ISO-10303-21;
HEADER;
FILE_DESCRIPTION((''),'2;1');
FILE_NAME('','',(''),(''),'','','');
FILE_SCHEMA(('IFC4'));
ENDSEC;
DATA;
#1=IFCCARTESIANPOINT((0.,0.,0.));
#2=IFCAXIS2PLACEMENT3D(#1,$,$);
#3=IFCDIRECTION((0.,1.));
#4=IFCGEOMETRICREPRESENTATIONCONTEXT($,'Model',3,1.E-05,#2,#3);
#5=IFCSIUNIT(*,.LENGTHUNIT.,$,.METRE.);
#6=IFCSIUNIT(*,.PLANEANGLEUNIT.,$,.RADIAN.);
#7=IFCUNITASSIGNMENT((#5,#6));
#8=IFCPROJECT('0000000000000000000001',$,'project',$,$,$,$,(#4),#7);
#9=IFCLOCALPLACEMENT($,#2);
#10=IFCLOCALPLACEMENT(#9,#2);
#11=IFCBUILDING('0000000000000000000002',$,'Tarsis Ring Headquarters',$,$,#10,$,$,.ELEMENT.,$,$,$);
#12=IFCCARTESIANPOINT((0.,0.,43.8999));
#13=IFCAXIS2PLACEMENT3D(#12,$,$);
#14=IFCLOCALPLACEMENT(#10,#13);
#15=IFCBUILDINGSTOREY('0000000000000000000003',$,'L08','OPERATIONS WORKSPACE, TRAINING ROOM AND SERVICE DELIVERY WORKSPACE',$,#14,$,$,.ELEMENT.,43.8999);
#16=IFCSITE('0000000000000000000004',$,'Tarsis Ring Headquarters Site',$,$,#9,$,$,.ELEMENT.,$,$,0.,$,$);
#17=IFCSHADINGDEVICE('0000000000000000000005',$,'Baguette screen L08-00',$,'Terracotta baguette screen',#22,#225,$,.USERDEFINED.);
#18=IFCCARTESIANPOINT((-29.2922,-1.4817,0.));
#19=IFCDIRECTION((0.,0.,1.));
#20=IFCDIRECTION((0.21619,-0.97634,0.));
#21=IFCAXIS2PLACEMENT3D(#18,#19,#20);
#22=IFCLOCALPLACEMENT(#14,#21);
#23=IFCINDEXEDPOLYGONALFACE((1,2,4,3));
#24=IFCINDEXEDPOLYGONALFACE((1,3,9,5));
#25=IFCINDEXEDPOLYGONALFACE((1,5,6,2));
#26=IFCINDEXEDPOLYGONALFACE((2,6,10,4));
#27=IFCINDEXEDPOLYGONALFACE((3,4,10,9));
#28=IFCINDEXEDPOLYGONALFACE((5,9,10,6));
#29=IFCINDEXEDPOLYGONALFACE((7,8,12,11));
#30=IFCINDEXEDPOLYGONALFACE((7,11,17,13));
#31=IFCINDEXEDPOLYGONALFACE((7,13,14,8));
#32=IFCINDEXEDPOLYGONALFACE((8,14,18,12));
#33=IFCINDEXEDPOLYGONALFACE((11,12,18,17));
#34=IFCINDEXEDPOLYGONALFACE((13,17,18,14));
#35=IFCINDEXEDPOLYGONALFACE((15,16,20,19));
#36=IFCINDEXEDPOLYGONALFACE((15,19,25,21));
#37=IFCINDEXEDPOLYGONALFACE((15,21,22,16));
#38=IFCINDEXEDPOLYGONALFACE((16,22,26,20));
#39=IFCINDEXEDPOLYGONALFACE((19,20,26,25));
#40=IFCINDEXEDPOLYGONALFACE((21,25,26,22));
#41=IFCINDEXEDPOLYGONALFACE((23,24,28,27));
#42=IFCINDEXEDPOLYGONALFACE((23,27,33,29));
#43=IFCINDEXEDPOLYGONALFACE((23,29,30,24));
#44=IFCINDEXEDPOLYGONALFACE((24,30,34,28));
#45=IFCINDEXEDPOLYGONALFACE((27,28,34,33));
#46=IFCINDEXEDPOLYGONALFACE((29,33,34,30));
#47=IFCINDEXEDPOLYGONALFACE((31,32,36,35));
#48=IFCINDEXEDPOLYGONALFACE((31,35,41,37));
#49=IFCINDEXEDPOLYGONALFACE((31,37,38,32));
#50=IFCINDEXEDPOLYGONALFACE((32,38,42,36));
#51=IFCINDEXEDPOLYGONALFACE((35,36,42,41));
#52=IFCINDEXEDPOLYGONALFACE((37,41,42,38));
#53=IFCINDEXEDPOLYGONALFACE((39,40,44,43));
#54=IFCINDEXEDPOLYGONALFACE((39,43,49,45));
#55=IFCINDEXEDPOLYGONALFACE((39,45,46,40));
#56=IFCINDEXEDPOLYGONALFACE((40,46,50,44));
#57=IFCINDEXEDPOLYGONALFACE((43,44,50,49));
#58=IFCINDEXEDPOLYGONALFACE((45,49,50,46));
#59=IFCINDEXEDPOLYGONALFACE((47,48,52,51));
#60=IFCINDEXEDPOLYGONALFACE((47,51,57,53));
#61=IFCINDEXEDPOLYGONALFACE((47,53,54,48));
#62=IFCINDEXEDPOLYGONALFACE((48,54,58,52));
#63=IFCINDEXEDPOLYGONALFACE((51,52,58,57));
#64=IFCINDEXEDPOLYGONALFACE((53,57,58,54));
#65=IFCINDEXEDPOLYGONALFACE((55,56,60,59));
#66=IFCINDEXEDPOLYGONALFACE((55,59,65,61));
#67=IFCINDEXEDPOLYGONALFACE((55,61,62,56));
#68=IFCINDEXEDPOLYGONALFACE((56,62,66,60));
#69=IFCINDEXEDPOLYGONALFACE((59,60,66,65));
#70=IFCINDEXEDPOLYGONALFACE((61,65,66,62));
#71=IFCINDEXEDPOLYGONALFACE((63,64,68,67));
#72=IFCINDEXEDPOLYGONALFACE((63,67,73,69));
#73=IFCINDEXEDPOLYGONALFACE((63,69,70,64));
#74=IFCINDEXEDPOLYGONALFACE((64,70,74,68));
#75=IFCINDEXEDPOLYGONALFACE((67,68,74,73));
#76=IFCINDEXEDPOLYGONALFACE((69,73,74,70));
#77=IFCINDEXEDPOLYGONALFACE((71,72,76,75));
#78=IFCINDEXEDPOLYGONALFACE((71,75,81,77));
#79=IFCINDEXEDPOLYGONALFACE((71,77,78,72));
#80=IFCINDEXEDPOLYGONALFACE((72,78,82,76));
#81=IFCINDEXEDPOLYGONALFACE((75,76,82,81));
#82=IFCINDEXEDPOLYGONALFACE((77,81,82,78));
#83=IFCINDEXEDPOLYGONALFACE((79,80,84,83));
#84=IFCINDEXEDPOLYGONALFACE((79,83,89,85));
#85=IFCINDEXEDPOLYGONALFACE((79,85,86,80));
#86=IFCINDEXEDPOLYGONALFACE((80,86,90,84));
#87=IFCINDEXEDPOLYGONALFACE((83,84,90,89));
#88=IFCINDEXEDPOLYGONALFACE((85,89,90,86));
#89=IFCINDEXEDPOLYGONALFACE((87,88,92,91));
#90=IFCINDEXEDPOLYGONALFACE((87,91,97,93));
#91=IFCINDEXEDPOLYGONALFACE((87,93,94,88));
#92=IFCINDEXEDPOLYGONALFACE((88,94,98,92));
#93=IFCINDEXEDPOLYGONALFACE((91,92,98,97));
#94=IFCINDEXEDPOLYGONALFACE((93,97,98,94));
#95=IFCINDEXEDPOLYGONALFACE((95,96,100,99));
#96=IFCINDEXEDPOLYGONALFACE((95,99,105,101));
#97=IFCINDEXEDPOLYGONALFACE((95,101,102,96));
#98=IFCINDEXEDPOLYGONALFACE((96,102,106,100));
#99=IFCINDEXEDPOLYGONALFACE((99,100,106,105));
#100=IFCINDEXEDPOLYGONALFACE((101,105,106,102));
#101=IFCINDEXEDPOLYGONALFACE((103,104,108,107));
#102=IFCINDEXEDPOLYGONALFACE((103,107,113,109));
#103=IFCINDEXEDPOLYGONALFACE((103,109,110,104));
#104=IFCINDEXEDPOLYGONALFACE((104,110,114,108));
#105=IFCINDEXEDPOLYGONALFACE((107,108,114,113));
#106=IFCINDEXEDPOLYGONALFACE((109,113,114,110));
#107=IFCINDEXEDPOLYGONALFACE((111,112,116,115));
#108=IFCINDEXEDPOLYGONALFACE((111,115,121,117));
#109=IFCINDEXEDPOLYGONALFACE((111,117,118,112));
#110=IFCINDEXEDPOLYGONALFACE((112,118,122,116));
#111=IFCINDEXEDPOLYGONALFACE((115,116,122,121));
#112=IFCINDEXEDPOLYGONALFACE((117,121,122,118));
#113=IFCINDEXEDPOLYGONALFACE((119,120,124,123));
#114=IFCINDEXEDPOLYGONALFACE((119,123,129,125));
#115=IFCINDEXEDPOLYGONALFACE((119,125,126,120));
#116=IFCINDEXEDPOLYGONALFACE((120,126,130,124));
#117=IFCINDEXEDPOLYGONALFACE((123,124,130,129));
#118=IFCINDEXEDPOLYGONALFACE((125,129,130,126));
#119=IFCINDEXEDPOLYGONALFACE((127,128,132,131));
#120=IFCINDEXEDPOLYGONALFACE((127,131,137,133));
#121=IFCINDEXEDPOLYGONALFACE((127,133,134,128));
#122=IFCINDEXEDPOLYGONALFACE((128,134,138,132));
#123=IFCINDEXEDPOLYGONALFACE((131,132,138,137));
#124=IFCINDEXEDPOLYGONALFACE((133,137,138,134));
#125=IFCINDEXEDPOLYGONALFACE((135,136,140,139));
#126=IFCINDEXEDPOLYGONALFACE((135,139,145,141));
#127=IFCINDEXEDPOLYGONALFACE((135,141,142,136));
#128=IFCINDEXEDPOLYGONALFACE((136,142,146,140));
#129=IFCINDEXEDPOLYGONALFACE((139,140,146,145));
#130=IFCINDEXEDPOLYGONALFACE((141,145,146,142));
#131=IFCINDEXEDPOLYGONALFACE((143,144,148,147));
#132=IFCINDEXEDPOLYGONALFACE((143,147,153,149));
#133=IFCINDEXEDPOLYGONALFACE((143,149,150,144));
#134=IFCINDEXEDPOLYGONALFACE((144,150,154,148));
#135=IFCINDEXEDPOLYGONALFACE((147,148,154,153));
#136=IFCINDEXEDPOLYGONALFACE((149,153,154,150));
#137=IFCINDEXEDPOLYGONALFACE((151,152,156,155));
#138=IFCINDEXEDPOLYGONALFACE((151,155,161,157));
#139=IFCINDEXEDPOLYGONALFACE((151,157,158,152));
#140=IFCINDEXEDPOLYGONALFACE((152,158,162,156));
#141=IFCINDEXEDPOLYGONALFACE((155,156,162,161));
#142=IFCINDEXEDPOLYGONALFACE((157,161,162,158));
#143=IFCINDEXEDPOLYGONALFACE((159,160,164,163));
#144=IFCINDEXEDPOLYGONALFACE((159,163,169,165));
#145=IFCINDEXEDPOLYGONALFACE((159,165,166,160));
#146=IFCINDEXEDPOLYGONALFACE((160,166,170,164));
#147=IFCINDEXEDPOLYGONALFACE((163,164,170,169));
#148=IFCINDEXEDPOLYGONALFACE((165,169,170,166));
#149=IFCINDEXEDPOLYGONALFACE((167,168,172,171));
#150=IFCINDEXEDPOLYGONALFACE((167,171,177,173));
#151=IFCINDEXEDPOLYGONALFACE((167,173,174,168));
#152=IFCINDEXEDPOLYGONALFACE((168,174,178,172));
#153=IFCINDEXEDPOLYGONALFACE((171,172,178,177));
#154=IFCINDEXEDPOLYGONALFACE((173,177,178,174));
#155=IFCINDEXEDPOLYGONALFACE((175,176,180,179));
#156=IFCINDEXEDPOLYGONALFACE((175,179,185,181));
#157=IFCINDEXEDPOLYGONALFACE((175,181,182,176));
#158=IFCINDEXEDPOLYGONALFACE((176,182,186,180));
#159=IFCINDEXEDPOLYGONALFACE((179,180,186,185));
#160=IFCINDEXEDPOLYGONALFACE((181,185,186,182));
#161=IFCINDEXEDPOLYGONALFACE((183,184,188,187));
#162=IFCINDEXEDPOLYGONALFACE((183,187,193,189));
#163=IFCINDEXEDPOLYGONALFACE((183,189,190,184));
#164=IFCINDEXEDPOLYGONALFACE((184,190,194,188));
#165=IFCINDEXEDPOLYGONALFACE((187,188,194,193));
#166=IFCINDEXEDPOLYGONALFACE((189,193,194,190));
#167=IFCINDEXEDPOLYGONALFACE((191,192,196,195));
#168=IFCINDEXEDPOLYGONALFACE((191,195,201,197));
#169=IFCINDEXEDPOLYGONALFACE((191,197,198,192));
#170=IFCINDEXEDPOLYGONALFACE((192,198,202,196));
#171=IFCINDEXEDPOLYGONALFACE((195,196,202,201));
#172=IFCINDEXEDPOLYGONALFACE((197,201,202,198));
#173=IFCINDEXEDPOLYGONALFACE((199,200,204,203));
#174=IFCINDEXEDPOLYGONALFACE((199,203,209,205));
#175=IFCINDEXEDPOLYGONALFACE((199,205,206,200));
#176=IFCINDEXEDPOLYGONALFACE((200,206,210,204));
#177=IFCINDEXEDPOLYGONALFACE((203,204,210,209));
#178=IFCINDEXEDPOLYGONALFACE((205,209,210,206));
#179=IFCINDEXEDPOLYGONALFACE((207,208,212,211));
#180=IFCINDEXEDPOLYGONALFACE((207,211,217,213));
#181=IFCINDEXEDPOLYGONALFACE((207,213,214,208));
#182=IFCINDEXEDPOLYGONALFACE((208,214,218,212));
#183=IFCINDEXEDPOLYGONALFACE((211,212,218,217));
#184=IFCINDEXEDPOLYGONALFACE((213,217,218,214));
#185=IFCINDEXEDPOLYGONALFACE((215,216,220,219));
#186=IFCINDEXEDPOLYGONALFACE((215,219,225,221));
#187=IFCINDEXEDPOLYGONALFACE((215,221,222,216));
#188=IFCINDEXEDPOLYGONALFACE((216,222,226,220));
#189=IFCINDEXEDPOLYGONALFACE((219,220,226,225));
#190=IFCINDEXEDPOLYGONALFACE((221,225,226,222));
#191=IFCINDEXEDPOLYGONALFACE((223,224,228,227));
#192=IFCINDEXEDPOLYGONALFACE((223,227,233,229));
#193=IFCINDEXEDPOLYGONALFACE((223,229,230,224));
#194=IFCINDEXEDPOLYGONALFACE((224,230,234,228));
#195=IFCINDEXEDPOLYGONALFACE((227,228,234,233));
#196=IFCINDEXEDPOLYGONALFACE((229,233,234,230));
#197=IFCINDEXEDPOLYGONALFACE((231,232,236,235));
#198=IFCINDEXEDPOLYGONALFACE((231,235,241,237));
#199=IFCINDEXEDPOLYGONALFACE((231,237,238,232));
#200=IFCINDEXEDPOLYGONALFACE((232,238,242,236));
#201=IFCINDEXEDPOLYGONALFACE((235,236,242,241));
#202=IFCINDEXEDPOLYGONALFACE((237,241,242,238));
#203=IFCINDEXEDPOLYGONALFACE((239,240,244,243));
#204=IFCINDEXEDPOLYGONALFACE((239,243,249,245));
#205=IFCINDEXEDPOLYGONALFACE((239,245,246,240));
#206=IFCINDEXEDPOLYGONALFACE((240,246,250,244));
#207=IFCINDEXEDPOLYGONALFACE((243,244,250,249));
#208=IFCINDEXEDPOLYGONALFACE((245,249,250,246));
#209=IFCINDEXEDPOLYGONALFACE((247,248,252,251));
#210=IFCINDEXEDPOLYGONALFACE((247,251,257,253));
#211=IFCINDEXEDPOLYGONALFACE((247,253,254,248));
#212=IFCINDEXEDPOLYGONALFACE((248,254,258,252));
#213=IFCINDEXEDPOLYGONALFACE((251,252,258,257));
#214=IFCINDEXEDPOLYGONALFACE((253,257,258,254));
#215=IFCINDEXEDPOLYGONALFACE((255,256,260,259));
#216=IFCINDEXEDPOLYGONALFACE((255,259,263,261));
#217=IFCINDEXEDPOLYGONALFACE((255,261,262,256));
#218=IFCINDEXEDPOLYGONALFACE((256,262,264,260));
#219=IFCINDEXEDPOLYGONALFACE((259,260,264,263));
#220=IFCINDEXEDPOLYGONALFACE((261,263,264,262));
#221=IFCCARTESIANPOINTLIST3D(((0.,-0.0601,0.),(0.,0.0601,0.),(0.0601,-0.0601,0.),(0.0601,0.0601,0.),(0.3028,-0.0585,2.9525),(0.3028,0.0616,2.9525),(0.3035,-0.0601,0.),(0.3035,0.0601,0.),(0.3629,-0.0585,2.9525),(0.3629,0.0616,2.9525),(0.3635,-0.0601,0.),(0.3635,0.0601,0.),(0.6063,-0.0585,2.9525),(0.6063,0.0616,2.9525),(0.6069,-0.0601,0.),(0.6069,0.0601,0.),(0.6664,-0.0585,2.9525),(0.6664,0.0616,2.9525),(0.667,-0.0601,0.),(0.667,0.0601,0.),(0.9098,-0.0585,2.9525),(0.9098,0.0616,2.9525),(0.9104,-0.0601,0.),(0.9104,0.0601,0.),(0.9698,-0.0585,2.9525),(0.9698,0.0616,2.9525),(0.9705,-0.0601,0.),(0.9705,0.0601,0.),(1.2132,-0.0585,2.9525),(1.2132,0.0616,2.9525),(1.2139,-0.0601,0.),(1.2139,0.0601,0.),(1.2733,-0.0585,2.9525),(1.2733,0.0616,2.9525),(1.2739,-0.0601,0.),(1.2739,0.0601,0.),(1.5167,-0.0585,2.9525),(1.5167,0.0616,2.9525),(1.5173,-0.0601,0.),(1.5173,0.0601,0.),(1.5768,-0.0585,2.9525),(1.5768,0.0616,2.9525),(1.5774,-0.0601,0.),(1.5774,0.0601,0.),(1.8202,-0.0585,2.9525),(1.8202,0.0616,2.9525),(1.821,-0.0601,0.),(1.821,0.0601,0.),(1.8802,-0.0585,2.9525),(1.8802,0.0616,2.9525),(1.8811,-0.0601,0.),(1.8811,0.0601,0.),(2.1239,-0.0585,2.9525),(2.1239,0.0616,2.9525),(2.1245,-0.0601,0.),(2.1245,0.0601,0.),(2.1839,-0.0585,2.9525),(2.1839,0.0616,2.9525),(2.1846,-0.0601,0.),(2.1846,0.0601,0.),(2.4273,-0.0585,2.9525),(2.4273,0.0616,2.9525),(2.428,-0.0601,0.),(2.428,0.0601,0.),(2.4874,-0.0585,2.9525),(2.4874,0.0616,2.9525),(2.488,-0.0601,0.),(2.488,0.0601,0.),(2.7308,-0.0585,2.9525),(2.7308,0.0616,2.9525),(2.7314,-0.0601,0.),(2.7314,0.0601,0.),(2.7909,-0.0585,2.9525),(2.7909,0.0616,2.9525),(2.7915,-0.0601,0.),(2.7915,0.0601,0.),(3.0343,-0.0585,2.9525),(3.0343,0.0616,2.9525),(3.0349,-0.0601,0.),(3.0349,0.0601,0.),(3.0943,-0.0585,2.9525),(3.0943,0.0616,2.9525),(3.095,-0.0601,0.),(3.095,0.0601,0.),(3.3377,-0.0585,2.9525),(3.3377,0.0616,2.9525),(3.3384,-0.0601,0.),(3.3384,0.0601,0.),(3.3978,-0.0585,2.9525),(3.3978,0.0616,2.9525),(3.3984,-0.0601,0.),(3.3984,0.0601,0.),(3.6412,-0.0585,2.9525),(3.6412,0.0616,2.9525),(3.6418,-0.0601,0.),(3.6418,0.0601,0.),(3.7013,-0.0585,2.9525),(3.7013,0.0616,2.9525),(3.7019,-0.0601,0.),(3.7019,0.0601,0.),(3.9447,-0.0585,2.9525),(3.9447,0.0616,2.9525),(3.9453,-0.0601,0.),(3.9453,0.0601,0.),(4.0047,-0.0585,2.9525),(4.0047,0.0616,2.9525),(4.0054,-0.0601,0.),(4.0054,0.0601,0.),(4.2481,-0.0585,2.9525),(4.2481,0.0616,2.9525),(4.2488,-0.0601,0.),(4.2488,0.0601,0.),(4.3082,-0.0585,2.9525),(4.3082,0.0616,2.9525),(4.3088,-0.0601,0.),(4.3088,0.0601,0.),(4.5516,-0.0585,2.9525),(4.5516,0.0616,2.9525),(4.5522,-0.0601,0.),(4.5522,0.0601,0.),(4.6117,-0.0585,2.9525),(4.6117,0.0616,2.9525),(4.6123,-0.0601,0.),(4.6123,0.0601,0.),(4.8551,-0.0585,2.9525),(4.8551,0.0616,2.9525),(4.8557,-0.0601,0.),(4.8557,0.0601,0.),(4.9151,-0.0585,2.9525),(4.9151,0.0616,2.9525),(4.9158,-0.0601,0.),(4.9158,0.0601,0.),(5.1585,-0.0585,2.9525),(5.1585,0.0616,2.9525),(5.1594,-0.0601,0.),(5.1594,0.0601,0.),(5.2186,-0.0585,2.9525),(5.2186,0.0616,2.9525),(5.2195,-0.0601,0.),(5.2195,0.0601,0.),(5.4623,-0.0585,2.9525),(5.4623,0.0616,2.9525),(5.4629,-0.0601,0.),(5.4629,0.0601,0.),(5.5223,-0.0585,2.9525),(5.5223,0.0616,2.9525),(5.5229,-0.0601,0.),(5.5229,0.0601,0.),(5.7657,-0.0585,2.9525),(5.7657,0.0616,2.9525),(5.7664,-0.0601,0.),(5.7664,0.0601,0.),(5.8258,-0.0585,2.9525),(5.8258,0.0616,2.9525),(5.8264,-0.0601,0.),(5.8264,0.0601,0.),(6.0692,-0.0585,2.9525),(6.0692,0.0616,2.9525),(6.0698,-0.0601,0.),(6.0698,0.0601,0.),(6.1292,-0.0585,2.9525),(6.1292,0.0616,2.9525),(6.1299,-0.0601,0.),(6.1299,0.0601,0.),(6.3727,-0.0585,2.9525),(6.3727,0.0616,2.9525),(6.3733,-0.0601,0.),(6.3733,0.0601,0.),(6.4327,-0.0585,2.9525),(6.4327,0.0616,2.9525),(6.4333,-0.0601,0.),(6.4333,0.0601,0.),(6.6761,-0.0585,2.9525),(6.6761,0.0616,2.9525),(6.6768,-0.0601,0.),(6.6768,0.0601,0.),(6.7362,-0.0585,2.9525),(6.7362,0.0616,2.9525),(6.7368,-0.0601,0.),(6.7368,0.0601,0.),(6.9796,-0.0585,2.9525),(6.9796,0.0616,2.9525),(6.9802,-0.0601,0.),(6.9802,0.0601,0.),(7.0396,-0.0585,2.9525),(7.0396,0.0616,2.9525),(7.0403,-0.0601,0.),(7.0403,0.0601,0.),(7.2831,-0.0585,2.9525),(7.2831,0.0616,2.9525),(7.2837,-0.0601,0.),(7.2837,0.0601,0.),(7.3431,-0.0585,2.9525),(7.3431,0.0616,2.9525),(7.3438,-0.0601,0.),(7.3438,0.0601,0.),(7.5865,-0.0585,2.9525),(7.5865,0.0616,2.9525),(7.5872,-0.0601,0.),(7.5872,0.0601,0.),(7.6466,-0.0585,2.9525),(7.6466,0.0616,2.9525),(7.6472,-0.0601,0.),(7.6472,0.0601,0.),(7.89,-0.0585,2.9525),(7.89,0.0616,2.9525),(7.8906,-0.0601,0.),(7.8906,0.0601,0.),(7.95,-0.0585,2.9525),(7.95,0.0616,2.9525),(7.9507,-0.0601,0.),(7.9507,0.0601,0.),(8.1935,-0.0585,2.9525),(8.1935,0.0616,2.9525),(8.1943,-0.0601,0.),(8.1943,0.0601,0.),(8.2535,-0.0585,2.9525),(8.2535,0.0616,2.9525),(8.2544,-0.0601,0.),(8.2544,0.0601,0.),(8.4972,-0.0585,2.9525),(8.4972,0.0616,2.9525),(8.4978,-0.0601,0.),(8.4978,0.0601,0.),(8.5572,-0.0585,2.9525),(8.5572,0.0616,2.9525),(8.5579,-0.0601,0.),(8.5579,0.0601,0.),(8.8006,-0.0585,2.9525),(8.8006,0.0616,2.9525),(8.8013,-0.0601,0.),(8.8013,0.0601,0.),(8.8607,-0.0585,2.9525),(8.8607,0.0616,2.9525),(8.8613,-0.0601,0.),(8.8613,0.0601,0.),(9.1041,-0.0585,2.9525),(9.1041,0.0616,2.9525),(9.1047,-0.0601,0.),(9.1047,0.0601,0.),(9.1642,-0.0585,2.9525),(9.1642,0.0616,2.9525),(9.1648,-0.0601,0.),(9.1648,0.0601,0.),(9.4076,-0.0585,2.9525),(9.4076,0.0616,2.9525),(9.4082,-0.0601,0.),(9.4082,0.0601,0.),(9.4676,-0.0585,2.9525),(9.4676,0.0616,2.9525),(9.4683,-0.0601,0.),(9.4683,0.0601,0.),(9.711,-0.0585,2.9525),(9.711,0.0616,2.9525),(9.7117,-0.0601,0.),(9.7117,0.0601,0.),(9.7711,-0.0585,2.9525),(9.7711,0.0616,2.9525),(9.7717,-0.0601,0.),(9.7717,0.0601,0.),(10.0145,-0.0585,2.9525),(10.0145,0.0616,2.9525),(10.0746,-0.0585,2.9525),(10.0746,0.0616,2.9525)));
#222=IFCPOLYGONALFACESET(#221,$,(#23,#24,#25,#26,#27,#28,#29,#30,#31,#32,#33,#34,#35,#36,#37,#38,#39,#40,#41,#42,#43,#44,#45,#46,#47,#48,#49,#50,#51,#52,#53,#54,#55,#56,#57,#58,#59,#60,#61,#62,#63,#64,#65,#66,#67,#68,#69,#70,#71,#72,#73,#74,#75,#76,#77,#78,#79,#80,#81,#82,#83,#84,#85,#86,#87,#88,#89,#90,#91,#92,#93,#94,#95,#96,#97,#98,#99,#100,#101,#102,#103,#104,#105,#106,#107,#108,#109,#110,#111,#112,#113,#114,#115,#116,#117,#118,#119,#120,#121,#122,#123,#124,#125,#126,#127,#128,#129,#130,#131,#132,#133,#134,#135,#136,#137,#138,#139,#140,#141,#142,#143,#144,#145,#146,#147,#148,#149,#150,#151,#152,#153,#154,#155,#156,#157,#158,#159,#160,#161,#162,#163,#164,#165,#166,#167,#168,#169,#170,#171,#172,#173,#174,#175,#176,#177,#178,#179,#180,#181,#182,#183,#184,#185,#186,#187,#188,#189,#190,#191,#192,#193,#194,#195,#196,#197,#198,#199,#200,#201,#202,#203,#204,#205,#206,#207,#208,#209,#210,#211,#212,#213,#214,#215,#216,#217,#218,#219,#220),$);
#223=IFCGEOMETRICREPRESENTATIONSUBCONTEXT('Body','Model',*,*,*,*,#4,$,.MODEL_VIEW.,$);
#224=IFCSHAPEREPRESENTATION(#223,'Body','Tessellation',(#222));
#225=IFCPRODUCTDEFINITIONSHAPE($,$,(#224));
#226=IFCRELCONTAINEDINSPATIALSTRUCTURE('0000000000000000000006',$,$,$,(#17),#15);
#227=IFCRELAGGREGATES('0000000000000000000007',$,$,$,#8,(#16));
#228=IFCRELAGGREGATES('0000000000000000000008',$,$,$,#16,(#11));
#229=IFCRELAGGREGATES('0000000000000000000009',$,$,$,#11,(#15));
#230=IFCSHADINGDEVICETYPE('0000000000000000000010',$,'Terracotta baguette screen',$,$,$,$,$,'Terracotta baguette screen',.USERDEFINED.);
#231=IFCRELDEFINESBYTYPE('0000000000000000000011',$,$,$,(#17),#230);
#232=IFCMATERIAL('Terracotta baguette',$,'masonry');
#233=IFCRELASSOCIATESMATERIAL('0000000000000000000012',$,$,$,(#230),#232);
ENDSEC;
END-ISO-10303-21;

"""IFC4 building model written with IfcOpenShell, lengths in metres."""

from ifc_helpers import new_model, si_unit, direction, frame, frame_2d, origin, place, context, subcontext, project, spatial, rectangle, composite_profile, extrude, material, type_object, element, save


model = new_model("IFC4")

# Units and contexts
model_context = context("Model", 3, precision=1e-05, world=origin(), true_north=direction((0.0, 1.0)))
body_context = subcontext(model_context, "Body", "Model", "MODEL_VIEW")
ifc_project = project(units=[si_unit("LENGTHUNIT", "METRE"), si_unit("PLANEANGLEUNIT", "RADIAN")], contexts=[model_context])

# Site, building, storey
site_placement = place(None, origin())
site = spatial("IfcSite", under=ifc_project, at=site_placement, Name="Tarsis Ring Headquarters Site", CompositionType="ELEMENT", RefElevation=0.0)
building_placement = place(site_placement, origin())
building = spatial("IfcBuilding", under=site, at=building_placement, Name="Tarsis Ring Headquarters", CompositionType="ELEMENT")
storey_placement = place(building_placement, frame((0.0, 0.0, 43.8999)))
storey = spatial("IfcBuildingStorey", under=building, at=storey_placement, Name="L08", Description="OPERATIONS WORKSPACE, TRAINING ROOM AND SERVICE DELIVERY WORKSPACE", CompositionType="ELEMENT", Elevation=43.8999)

# Shading device
ifc_material_1 = material(Name="Terracotta baguette", Category="masonry")
shading_device_type = type_object("IfcShadingDeviceType", Name="Terracotta baguette screen", ElementType="Terracotta baguette screen", PredefinedType="USERDEFINED", material=ifc_material_1)
shading_device_1_placement = place(storey_placement, frame((-29.2922, -1.4817, 0.0), z_axis=(0.0, 0.0, 1.0), x_axis=(0.21619, -0.97634, 0.0)))
element("IfcShadingDevice", 1, at=shading_device_1_placement, inside=storey, type_object=shading_device_type, Name="Baguette screen L08-00", ObjectType="Terracotta baguette screen", PredefinedType="USERDEFINED", context=body_context, shape_type="SweptSolid", body=[
    extrude(composite_profile([rectangle(XDim=0.0601, YDim=0.1201, at=frame_2d((0.03, 0.0))), rectangle(XDim=0.0601, YDim=0.1201, at=frame_2d((0.3335, 0.0))), rectangle(XDim=0.0601, YDim=0.1201, at=frame_2d((0.637, 0.0))), rectangle(XDim=0.0601, YDim=0.1201, at=frame_2d((0.9404, 0.0))), rectangle(XDim=0.0601, YDim=0.1201, at=frame_2d((1.2439, 0.0))), rectangle(XDim=0.0601, YDim=0.1201, at=frame_2d((1.5474, 0.0))), rectangle(XDim=0.0601, YDim=0.1201, at=frame_2d((1.8511, 0.0))), rectangle(XDim=0.0601, YDim=0.1201, at=frame_2d((2.1545, 0.0))), rectangle(XDim=0.0601, YDim=0.1201, at=frame_2d((2.458, 0.0))), rectangle(XDim=0.0601, YDim=0.1201, at=frame_2d((2.7615, 0.0))), rectangle(XDim=0.0601, YDim=0.1201, at=frame_2d((3.0649, 0.0))), rectangle(XDim=0.0601, YDim=0.1201, at=frame_2d((3.3684, 0.0))), rectangle(XDim=0.0601, YDim=0.1201, at=frame_2d((3.6719, 0.0))), rectangle(XDim=0.0601, YDim=0.1201, at=frame_2d((3.9753, 0.0))), rectangle(XDim=0.0601, YDim=0.1201, at=frame_2d((4.2788, 0.0))), rectangle(XDim=0.0601, YDim=0.1201, at=frame_2d((4.5823, 0.0))), rectangle(XDim=0.0601, YDim=0.1201, at=frame_2d((4.8857, 0.0))), rectangle(XDim=0.0601, YDim=0.1201, at=frame_2d((5.1895, 0.0))), rectangle(XDim=0.0601, YDim=0.1201, at=frame_2d((5.4929, 0.0))), rectangle(XDim=0.0601, YDim=0.1201, at=frame_2d((5.7964, 0.0))), rectangle(XDim=0.0601, YDim=0.1201, at=frame_2d((6.0999, 0.0))), rectangle(XDim=0.0601, YDim=0.1201, at=frame_2d((6.4033, 0.0))), rectangle(XDim=0.0601, YDim=0.1201, at=frame_2d((6.7068, 0.0))), rectangle(XDim=0.0601, YDim=0.1201, at=frame_2d((7.0103, 0.0))), rectangle(XDim=0.0601, YDim=0.1201, at=frame_2d((7.3137, 0.0))), rectangle(XDim=0.0601, YDim=0.1201, at=frame_2d((7.6172, 0.0))), rectangle(XDim=0.0601, YDim=0.1201, at=frame_2d((7.9207, 0.0))), rectangle(XDim=0.0601, YDim=0.1201, at=frame_2d((8.2244, 0.0))), rectangle(XDim=0.0601, YDim=0.1201, at=frame_2d((8.5278, 0.0))), rectangle(XDim=0.0601, YDim=0.1201, at=frame_2d((8.8313, 0.0))), rectangle(XDim=0.0601, YDim=0.1201, at=frame_2d((9.1348, 0.0))), rectangle(XDim=0.0601, YDim=0.1201, at=frame_2d((9.4382, 0.0))), rectangle(XDim=0.0601, YDim=0.1201, at=frame_2d((9.7417, 0.0)))]), origin(), (0.102031, 0.000533, 0.994781), 2.968),
])

save(model, "model.ifc")
